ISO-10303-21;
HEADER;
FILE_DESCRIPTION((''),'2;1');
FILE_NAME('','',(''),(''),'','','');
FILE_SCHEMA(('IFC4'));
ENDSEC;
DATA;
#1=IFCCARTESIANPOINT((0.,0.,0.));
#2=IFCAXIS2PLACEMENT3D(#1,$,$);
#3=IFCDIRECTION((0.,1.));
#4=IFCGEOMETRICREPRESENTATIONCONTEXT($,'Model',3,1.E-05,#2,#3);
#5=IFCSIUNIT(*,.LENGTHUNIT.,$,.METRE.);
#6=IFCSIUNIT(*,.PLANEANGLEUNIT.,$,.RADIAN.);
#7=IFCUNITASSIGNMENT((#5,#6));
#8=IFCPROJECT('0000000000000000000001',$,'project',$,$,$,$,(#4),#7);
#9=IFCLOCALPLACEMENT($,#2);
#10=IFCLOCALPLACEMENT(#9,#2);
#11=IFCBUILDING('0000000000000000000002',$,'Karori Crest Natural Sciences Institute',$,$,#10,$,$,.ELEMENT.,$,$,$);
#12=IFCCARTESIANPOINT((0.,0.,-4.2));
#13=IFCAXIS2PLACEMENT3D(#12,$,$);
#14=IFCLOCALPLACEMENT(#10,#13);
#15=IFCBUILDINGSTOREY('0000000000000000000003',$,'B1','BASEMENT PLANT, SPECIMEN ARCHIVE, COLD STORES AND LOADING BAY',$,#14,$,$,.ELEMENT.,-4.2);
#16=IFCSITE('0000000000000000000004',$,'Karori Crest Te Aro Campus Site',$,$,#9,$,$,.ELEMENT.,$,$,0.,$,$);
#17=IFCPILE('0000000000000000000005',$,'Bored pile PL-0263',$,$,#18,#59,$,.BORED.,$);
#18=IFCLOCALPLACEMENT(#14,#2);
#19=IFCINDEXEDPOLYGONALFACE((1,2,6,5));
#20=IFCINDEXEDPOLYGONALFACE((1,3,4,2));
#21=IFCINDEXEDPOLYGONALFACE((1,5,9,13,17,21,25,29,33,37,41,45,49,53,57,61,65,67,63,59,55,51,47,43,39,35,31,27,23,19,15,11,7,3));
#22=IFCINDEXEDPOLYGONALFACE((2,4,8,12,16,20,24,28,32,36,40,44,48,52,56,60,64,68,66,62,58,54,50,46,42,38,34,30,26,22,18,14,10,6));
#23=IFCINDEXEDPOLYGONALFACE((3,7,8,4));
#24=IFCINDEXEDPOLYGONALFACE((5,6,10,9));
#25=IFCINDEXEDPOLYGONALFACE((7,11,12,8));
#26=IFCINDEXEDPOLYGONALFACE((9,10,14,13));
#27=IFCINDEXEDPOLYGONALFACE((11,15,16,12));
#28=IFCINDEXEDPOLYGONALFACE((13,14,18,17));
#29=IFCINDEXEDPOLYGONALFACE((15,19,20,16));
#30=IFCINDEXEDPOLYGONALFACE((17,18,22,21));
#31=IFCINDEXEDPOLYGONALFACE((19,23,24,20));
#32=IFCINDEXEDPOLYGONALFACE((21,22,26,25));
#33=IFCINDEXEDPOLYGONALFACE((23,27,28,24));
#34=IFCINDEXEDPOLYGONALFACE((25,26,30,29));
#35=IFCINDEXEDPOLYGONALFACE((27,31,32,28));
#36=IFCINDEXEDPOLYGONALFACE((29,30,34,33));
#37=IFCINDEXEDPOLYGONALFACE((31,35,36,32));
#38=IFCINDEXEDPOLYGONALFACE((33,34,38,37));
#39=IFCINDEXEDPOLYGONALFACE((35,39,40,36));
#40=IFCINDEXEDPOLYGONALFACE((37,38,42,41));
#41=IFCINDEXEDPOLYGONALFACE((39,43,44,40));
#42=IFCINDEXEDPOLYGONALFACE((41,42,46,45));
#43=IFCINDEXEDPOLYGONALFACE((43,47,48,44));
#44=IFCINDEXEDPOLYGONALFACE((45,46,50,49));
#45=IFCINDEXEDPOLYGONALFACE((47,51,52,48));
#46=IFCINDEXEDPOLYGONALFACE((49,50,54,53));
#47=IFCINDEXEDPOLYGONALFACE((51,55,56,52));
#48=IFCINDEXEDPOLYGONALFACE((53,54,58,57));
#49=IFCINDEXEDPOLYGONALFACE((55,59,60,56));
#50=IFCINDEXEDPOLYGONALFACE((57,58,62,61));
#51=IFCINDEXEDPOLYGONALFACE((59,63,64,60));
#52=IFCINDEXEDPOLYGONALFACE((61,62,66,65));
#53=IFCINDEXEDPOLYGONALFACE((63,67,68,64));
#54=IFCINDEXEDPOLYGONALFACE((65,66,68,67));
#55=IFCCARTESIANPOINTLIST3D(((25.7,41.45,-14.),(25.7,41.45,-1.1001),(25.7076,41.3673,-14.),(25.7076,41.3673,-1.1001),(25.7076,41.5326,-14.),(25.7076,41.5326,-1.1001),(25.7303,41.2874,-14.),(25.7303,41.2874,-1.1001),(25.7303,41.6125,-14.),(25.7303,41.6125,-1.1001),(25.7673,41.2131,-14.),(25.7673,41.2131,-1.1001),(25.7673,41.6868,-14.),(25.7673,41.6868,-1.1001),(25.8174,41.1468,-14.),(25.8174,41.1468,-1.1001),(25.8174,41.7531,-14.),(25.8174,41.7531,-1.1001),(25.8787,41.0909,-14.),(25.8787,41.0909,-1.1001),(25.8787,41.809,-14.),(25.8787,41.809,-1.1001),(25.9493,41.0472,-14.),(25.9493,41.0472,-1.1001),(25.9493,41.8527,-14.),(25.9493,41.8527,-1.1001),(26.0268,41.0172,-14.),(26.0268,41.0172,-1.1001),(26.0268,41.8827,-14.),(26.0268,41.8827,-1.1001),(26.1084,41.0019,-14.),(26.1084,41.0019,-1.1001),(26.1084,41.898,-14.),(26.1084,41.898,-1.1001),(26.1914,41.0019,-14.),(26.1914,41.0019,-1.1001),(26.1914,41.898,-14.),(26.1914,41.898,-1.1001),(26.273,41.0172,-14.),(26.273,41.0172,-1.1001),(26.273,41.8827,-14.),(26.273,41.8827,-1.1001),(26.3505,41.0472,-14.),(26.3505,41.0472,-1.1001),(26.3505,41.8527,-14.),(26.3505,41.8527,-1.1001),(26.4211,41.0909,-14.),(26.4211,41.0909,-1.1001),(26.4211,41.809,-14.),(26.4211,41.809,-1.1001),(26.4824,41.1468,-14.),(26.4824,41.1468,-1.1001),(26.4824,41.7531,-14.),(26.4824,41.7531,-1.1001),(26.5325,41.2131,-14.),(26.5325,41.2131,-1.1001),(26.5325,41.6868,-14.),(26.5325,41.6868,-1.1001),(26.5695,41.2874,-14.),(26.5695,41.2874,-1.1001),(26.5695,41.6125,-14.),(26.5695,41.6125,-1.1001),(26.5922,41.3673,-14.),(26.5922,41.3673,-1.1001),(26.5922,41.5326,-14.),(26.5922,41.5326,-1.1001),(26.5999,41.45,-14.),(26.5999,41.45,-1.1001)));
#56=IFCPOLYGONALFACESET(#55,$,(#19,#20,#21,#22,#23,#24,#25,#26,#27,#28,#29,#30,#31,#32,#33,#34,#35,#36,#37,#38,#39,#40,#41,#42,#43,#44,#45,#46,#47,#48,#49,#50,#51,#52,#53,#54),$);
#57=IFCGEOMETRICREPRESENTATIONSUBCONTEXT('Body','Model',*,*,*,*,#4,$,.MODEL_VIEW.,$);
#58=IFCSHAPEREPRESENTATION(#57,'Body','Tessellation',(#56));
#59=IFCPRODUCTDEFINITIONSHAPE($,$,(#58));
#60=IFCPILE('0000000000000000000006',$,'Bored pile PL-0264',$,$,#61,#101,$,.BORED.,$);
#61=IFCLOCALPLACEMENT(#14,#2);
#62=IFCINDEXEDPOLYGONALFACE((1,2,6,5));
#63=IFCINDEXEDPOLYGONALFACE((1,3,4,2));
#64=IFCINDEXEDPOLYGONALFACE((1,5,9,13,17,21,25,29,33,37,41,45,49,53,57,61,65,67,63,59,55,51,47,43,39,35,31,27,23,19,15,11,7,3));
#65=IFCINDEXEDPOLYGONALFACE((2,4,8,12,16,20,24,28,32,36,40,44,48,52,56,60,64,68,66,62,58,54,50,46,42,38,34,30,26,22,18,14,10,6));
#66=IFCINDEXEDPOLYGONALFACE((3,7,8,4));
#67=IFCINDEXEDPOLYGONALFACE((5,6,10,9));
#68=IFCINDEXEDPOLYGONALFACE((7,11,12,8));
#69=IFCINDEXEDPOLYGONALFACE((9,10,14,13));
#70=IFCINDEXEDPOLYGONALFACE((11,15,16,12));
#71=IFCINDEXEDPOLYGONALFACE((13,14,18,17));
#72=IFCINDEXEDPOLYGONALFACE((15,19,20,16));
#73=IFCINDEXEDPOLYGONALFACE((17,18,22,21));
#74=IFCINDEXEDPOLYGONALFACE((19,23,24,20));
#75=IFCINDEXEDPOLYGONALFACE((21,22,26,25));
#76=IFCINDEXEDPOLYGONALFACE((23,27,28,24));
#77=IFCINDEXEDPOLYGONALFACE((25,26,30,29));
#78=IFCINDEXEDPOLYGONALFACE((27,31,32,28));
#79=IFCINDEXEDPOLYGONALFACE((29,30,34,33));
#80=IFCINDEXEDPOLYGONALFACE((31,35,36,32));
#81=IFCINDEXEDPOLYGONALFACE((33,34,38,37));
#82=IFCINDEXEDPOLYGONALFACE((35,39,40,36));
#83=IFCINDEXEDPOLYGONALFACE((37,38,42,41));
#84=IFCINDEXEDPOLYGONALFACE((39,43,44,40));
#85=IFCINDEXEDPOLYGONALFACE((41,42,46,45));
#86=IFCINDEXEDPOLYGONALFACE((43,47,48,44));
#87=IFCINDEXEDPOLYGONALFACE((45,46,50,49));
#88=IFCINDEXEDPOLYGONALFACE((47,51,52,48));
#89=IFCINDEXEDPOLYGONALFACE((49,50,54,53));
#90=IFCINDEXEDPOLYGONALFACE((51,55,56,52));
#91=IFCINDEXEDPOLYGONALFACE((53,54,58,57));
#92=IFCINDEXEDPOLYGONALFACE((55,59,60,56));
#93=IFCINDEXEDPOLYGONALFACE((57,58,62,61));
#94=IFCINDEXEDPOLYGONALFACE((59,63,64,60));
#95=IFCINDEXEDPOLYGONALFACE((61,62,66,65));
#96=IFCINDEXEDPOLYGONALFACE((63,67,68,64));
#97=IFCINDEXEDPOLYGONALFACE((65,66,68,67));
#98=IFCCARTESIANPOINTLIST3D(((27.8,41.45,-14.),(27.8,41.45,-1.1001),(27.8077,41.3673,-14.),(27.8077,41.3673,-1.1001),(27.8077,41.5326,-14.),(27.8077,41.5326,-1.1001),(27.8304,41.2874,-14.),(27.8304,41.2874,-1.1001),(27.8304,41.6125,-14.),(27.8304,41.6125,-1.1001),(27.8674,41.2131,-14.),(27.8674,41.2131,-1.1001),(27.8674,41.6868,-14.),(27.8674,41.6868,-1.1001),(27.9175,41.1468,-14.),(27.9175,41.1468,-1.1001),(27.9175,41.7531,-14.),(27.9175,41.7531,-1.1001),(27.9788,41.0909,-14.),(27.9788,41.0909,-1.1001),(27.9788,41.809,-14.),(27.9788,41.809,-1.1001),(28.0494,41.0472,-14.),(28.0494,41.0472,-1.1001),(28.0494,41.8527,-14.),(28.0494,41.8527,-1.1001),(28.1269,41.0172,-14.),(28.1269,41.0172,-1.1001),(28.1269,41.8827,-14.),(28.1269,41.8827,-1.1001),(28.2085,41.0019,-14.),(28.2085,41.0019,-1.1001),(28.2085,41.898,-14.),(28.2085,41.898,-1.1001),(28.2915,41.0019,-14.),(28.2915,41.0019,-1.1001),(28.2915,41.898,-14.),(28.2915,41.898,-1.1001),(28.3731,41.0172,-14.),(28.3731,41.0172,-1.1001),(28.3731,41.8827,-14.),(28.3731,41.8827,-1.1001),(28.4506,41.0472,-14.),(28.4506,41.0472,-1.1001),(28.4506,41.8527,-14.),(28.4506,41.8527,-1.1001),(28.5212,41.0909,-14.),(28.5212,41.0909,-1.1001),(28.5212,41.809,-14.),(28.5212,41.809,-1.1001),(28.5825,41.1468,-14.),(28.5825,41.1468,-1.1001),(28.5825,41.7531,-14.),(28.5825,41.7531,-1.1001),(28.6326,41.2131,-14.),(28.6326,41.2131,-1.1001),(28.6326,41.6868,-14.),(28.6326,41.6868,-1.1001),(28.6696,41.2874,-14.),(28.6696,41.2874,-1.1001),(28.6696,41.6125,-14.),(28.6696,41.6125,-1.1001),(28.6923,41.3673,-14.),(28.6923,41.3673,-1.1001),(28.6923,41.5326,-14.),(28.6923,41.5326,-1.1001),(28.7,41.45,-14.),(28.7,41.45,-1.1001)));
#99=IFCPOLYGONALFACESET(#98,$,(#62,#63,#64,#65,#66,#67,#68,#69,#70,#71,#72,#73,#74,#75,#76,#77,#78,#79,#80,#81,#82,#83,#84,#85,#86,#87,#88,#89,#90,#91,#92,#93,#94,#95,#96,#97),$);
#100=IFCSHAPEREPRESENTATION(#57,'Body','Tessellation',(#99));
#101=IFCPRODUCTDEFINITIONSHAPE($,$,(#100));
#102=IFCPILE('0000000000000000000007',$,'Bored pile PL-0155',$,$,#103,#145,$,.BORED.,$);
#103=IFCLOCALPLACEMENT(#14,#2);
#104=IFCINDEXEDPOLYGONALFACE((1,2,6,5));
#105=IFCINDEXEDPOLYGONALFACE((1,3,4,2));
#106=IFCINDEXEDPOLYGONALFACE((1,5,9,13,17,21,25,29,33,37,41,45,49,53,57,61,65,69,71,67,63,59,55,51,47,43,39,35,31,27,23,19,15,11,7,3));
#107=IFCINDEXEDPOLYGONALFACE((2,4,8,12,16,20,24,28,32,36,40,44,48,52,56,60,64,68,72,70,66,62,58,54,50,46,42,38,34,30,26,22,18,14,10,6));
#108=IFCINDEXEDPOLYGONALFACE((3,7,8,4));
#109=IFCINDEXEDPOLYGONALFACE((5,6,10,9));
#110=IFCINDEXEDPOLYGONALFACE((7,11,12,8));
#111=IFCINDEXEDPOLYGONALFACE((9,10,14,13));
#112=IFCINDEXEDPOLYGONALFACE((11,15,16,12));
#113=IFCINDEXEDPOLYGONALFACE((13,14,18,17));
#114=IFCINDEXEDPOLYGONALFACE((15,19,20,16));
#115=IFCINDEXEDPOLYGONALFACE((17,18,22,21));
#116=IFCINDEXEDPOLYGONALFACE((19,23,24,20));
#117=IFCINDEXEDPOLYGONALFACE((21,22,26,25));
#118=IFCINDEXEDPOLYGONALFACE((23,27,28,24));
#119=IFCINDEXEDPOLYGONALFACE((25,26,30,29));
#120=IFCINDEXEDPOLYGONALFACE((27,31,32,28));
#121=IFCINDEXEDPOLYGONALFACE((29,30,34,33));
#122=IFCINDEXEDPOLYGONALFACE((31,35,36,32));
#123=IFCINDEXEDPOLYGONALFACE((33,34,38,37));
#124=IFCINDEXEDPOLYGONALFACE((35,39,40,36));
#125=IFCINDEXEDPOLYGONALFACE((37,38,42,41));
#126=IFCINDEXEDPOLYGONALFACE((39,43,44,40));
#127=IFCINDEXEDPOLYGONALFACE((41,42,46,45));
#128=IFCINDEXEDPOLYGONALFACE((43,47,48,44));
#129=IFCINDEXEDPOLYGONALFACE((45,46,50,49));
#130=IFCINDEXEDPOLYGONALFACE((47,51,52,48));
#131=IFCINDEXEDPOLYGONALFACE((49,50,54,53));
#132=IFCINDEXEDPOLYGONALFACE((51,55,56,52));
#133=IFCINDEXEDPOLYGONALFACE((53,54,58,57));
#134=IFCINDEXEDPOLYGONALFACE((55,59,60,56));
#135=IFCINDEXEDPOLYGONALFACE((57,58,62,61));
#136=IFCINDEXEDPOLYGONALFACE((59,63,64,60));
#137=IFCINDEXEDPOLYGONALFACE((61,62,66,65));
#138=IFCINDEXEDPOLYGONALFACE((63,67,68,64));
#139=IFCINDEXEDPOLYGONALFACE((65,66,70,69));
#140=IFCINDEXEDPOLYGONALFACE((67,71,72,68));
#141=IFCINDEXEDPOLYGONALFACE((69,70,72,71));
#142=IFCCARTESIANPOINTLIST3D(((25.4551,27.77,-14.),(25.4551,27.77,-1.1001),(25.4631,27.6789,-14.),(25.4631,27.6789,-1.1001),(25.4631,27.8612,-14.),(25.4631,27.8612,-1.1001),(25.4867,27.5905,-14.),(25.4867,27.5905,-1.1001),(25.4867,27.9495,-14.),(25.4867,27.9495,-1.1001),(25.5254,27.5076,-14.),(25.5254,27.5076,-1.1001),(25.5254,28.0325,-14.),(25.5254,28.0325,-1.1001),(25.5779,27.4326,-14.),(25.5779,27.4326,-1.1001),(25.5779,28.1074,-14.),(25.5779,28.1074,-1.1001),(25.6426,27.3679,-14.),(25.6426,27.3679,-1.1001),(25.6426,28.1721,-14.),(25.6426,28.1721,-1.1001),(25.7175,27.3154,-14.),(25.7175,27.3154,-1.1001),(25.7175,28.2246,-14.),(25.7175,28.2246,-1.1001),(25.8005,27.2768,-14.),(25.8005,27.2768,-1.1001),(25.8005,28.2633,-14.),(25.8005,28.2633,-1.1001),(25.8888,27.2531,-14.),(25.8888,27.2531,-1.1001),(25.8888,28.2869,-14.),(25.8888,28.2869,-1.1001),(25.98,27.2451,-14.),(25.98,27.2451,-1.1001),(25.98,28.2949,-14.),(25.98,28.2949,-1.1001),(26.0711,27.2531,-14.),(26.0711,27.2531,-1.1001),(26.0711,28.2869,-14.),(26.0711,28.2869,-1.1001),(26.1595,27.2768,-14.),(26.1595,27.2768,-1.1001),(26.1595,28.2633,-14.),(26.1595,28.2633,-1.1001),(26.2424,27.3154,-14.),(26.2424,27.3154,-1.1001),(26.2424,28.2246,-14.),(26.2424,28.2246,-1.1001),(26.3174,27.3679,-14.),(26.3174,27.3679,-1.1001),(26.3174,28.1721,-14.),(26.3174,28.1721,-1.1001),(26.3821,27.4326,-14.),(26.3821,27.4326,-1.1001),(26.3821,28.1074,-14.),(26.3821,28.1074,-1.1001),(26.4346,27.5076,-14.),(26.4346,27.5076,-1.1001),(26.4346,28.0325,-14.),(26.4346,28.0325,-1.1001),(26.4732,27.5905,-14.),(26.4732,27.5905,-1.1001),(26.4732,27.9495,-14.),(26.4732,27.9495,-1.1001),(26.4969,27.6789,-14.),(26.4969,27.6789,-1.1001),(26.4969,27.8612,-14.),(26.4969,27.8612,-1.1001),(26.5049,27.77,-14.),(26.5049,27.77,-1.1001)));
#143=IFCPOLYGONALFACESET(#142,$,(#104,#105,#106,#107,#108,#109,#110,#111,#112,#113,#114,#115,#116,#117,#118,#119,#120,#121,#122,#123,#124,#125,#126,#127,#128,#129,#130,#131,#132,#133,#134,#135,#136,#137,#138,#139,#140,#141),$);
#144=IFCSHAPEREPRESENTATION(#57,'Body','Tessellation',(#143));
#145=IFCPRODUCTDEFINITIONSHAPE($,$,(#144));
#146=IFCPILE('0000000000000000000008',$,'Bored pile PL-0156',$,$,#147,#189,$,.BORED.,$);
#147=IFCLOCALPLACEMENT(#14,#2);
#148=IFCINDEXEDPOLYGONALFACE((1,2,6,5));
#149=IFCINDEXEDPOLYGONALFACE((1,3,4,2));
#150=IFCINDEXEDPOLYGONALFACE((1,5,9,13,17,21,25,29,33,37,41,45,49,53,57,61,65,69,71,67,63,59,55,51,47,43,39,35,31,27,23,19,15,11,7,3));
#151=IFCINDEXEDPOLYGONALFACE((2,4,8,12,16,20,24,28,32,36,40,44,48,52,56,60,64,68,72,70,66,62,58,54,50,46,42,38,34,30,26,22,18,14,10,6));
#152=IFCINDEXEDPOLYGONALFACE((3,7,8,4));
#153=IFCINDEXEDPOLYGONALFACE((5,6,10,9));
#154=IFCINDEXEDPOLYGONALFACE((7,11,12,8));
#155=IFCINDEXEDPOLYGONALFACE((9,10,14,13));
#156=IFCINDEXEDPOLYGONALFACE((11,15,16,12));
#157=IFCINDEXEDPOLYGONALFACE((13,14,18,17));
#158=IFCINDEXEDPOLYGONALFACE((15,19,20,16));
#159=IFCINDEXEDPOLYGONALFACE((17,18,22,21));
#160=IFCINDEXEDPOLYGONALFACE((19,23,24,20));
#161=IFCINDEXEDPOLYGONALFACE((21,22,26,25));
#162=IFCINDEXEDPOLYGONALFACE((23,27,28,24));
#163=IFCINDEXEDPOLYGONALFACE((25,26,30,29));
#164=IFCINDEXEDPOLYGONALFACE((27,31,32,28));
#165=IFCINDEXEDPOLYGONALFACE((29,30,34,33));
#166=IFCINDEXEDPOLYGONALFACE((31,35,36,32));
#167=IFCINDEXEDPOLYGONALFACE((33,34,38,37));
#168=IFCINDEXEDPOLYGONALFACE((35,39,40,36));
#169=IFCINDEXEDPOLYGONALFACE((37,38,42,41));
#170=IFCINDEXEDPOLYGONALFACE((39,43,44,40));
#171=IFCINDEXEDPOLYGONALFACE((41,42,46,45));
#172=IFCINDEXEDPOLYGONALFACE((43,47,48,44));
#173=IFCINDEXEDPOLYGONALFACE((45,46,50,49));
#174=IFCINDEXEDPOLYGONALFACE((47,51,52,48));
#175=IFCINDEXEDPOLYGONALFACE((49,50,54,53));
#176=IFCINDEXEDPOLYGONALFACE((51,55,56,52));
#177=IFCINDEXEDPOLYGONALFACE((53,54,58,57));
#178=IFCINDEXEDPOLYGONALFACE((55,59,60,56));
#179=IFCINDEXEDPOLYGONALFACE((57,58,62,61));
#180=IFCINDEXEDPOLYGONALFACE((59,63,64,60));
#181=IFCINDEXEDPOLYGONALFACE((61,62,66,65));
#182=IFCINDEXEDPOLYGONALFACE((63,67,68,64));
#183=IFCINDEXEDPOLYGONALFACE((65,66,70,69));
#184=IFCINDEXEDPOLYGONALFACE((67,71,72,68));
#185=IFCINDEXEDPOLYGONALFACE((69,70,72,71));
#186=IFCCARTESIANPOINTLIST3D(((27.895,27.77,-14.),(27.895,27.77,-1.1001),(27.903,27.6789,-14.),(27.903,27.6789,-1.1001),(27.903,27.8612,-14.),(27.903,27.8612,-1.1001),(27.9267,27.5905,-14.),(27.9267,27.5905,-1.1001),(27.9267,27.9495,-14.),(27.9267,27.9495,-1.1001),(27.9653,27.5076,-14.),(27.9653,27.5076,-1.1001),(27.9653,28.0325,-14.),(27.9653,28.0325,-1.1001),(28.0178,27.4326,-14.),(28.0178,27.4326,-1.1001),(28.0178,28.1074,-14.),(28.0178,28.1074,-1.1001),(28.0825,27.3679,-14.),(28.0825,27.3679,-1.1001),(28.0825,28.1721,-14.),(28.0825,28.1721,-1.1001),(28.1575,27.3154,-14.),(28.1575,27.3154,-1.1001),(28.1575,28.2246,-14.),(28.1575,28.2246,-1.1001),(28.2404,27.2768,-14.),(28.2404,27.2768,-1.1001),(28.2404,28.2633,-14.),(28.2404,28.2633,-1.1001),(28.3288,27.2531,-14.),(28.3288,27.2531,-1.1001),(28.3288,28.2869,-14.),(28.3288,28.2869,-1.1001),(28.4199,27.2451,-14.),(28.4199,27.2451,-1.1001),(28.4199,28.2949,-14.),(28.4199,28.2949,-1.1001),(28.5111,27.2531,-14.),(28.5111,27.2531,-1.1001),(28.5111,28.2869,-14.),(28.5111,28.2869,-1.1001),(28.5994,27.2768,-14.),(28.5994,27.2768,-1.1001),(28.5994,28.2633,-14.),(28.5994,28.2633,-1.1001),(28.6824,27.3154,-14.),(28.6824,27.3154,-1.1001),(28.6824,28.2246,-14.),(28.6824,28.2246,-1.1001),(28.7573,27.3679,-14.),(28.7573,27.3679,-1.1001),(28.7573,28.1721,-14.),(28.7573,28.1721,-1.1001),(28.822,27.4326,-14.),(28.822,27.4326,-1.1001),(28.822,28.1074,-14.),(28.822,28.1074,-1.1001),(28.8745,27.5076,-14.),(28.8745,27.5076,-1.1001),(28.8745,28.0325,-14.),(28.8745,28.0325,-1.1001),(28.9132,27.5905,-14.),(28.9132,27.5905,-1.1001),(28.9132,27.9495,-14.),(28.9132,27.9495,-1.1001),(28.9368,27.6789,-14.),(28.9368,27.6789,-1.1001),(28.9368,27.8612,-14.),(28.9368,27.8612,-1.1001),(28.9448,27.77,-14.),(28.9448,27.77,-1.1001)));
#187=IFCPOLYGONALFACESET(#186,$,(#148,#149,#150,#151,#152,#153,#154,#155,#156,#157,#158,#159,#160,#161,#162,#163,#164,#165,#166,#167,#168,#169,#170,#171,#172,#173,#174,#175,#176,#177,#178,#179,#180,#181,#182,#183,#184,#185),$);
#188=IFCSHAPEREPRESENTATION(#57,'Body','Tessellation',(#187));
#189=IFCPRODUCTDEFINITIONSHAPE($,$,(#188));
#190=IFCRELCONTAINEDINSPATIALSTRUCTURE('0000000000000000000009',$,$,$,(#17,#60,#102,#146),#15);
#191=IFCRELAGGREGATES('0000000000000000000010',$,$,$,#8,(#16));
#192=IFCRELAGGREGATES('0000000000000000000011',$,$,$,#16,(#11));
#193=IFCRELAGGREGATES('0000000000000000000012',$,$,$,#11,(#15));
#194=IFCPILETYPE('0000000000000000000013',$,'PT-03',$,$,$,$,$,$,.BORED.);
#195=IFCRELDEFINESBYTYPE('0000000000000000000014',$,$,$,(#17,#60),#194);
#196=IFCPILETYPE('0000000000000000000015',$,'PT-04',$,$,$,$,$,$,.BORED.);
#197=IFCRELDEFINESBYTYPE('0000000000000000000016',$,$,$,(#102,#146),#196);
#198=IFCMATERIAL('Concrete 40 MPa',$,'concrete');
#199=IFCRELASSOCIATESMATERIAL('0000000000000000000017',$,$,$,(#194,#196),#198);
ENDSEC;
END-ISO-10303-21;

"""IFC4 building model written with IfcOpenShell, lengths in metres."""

from ifc_helpers import new_model, si_unit, direction, frame, origin, origin_2d, place, context, subcontext, project, spatial, circle, extrude, material, material_profile, profile_set, type_object, element, save


model = new_model("IFC4")

# Units and contexts
model_context = context("Model", 3, precision=1e-05, world=origin(), true_north=direction((0.0, 1.0)))
body_context = subcontext(model_context, "Body", "Model", "MODEL_VIEW")
ifc_project = project(units=[si_unit("LENGTHUNIT", "METRE"), si_unit("PLANEANGLEUNIT", "RADIAN")], contexts=[model_context])

# Site, building, storey
site_placement = place(None, origin())
site = spatial("IfcSite", under=ifc_project, at=site_placement, Name="Karori Crest Te Aro Campus Site", CompositionType="ELEMENT", RefElevation=0.0)
building_placement = place(site_placement, origin())
building = spatial("IfcBuilding", under=site, at=building_placement, Name="Karori Crest Natural Sciences Institute", CompositionType="ELEMENT")
storey_placement = place(building_placement, frame((0.0, 0.0, -4.2)))
storey = spatial("IfcBuildingStorey", under=building, at=storey_placement, Name="B1", Description="BASEMENT PLANT, SPECIMEN ARCHIVE, COLD STORES AND LOADING BAY", CompositionType="ELEMENT", Elevation=-4.2)

# Shared definitions
ifc_material_1 = material(Name="Concrete 40 MPa", Category="concrete")

# Piles
ifc_material_profile_1 = material_profile(ifc_material_1, circle(Radius=0.45, at=origin_2d()), Name="PILE900")
ifc_profile_set_1 = profile_set([ifc_material_profile_1], Name="Concrete 40 MPa")
pile_type_1 = type_object("IfcPileType", Name="PT-03", PredefinedType="BORED", material=ifc_profile_set_1)
for number, where, z_axis, x_axis, name in (
    (1, (26.1499, 41.45, -1.1001), (0.0, 0.0, -1.0), (1.0, 0.0, 0.0), "Bored pile PL-0263"),
    (2, (28.25, 41.45, -1.1001), (0.0, 0.0, -1.0), (1.0, 0.0, 0.0), "Bored pile PL-0264"),
):
    element("IfcPile", number, at=place(storey_placement, frame(where, z_axis=z_axis, x_axis=x_axis)), inside=storey, type_object=pile_type_1, Name=name, PredefinedType="BORED", context=body_context, shape_type="SweptSolid", body=[
        extrude(circle(Radius=0.45, at=origin_2d()), origin(), (0.0, 0.0, 1.0), 12.8999),
    ])
ifc_material_profile_2 = material_profile(ifc_material_1, circle(Radius=0.5249, at=origin_2d()), Name="PILE1050")
ifc_profile_set_2 = profile_set([ifc_material_profile_2], Name="Concrete 40 MPa")
pile_type_2 = type_object("IfcPileType", Name="PT-04", PredefinedType="BORED", material=ifc_profile_set_2)
for number, where, z_axis, x_axis, name in (
    (3, (25.98, 27.77, -1.1001), (0.0, 0.0, -1.0), (1.0, 0.0, 0.0), "Bored pile PL-0155"),
    (4, (28.4199, 27.77, -1.1001), (0.0, 0.0, -1.0), (1.0, 0.0, 0.0), "Bored pile PL-0156"),
):
    element("IfcPile", number, at=place(storey_placement, frame(where, z_axis=z_axis, x_axis=x_axis)), inside=storey, type_object=pile_type_2, Name=name, PredefinedType="BORED", context=body_context, shape_type="SweptSolid", body=[
        extrude(circle(Radius=0.5249, at=origin_2d()), origin(), (0.0, 0.0, 1.0), 12.8999),
    ])

save(model, "model.ifc")
